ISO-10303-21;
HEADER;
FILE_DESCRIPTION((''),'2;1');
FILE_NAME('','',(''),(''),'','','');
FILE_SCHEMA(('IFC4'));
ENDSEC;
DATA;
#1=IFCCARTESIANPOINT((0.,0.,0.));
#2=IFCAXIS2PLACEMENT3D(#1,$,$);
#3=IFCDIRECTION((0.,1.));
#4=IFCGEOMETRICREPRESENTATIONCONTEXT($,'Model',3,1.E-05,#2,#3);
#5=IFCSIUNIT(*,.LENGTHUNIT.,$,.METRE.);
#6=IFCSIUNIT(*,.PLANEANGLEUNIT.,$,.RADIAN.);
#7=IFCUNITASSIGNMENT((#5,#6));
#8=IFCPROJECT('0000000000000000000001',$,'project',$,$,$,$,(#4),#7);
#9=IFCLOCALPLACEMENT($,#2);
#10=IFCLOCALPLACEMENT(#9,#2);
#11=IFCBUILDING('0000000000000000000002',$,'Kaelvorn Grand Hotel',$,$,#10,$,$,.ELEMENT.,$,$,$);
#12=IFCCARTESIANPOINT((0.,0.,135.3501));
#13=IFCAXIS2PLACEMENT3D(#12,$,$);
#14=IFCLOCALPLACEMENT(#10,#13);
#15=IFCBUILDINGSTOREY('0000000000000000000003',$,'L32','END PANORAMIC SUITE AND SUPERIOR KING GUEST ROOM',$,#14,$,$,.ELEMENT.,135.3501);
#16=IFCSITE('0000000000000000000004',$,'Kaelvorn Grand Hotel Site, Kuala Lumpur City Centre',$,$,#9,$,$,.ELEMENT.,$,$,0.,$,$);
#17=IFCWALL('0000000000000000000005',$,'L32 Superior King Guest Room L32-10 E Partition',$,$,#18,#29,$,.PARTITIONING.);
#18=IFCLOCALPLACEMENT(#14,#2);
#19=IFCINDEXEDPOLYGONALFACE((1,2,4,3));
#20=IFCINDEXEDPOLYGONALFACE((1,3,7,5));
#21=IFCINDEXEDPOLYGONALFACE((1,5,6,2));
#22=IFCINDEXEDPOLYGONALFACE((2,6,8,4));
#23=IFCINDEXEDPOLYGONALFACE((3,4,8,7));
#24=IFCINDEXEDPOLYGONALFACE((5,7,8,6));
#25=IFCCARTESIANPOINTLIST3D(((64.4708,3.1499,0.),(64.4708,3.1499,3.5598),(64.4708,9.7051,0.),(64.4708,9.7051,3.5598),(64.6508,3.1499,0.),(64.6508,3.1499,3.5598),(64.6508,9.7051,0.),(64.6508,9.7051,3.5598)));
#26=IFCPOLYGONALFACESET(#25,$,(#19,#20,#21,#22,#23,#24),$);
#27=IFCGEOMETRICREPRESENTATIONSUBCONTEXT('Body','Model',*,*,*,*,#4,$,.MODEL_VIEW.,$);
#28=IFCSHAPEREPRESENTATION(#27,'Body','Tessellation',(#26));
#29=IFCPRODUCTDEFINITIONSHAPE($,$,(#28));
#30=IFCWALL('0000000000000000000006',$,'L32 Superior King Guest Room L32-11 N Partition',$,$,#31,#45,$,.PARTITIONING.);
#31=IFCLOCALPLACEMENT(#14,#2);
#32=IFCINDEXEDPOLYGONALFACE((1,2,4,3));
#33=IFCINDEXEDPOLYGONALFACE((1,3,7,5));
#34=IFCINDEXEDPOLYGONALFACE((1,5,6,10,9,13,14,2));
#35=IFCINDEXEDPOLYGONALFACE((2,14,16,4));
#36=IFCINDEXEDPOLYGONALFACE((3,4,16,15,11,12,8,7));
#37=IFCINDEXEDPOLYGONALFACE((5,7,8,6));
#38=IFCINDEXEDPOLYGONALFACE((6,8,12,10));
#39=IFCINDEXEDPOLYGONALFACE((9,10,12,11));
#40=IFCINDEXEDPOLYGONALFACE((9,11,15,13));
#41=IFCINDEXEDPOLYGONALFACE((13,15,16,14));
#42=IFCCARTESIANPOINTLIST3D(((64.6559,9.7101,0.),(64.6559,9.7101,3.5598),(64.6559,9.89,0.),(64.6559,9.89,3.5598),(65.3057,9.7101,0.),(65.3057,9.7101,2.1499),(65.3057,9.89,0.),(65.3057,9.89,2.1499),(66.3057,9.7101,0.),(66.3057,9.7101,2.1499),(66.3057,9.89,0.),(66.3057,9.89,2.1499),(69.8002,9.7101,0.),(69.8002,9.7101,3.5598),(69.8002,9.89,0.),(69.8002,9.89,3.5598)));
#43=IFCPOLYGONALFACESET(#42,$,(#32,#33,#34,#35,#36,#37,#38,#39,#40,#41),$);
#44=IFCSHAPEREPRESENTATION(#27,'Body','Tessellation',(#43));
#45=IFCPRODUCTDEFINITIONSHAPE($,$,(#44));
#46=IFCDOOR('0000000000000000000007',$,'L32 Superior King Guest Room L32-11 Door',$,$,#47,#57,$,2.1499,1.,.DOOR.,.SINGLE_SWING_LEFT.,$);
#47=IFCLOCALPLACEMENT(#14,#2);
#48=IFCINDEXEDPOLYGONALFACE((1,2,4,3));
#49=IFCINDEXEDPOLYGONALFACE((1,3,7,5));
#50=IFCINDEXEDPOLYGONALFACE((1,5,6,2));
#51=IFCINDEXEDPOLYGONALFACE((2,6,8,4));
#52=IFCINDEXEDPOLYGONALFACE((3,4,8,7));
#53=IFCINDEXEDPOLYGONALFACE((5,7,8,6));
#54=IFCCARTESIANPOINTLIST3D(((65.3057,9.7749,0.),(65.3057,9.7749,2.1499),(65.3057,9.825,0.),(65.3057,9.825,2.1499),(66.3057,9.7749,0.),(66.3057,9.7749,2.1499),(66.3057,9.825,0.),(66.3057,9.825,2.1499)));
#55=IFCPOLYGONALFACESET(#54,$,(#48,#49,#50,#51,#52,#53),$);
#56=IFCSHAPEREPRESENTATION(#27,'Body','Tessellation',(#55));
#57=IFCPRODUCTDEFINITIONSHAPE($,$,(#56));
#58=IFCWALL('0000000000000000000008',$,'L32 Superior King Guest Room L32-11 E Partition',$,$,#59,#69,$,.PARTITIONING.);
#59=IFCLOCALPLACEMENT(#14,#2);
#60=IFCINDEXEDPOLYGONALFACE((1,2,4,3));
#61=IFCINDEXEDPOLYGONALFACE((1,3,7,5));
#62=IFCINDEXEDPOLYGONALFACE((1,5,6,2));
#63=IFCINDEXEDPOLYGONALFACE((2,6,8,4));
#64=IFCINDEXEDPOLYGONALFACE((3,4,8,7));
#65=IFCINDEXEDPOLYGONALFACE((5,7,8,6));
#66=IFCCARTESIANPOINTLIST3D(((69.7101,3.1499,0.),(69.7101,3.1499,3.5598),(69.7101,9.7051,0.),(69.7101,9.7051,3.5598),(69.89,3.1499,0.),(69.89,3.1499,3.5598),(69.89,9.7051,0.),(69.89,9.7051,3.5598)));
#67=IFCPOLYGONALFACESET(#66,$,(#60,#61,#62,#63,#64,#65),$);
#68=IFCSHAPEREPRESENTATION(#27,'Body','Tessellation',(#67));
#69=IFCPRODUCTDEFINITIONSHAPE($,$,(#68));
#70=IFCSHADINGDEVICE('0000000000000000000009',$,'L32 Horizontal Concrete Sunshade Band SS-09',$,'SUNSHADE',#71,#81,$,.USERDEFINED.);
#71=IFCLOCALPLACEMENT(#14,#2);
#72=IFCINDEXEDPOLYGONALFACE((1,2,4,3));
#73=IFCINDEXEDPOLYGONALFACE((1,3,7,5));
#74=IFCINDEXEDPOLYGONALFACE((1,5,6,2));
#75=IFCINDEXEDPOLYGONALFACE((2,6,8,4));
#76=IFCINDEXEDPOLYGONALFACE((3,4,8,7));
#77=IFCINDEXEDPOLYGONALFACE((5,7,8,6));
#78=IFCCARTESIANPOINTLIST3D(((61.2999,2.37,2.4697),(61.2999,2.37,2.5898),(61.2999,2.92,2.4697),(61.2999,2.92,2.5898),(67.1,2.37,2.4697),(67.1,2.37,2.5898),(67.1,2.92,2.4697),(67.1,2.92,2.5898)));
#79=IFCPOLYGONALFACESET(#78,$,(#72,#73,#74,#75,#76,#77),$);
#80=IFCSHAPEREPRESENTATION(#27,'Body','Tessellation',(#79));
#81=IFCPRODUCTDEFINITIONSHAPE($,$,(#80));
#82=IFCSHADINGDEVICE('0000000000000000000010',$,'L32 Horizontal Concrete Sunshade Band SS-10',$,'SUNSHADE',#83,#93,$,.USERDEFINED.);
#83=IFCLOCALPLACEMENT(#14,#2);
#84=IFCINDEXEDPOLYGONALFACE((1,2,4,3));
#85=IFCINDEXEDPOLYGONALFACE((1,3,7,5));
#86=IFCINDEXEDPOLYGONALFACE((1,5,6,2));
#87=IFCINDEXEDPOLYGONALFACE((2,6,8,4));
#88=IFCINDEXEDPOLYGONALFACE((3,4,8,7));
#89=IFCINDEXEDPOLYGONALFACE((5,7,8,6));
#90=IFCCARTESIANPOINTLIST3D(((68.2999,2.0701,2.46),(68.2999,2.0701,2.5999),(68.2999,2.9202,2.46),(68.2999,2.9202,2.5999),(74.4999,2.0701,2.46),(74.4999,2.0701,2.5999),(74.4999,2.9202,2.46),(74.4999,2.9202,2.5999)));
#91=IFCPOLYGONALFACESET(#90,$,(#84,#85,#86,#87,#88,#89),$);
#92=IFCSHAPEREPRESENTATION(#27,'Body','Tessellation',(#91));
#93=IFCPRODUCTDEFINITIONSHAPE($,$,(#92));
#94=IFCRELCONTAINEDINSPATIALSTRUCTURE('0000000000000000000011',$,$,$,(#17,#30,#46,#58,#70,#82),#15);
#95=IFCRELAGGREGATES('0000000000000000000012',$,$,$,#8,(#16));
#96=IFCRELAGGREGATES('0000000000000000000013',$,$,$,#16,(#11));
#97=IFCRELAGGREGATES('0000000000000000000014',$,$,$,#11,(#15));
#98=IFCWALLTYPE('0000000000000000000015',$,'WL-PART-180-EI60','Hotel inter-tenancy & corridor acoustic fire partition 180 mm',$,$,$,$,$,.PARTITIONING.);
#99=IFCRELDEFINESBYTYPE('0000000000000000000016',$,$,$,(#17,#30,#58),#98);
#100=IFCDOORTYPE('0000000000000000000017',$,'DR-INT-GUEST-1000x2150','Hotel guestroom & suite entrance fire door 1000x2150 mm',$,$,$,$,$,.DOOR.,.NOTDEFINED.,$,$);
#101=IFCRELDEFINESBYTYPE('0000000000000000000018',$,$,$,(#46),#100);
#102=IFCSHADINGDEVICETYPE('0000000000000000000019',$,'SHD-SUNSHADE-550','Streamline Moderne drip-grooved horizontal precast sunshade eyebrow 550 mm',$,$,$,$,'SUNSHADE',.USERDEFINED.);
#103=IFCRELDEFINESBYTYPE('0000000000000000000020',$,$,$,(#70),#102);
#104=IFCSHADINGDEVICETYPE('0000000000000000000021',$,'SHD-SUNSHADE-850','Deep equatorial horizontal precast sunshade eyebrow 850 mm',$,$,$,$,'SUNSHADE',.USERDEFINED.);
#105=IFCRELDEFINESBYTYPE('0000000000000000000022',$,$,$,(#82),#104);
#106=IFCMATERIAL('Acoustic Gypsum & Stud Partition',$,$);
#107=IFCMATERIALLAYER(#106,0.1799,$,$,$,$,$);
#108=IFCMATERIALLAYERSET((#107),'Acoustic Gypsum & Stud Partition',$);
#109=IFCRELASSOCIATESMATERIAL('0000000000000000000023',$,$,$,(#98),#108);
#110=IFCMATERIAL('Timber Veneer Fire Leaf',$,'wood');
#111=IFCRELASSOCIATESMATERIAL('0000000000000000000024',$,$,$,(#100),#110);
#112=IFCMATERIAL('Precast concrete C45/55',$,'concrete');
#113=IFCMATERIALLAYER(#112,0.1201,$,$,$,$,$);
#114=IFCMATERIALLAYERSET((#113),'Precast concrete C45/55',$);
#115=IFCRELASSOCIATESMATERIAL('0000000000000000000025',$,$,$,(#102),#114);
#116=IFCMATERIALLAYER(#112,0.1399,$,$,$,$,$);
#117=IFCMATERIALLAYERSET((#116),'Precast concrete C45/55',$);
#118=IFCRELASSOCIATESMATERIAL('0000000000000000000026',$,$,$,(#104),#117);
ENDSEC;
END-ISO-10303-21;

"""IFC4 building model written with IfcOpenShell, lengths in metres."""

from ifc_helpers import new_model, si_unit, direction, frame, frame_2d, origin, origin_2d, place, context, subcontext, project, spatial, rectangle, extrude, material, layer, layer_set, type_object, element, fill, save


model = new_model("IFC4")

# Units and contexts
model_context = context("Model", 3, precision=1e-05, world=origin(), true_north=direction((0.0, 1.0)))
body_context = subcontext(model_context, "Body", "Model", "MODEL_VIEW")
ifc_project = project(units=[si_unit("LENGTHUNIT", "METRE"), si_unit("PLANEANGLEUNIT", "RADIAN")], contexts=[model_context])

# Site, building, storey
site_placement = place(None, origin())
site = spatial("IfcSite", under=ifc_project, at=site_placement, Name="Kaelvorn Grand Hotel Site, Kuala Lumpur City Centre", CompositionType="ELEMENT", RefElevation=0.0)
building_placement = place(site_placement, origin())
building = spatial("IfcBuilding", under=site, at=building_placement, Name="Kaelvorn Grand Hotel", CompositionType="ELEMENT")
storey_placement = place(building_placement, frame((0.0, 0.0, 135.3501)))
storey = spatial("IfcBuildingStorey", under=building, at=storey_placement, Name="L32", Description="END PANORAMIC SUITE AND SUPERIOR KING GUEST ROOM", CompositionType="ELEMENT", Elevation=135.3501)

# Wall
ifc_material_1 = material(Name="Acoustic Gypsum & Stud Partition")
ifc_layer_1 = layer(ifc_material_1, 0.1799)
ifc_layer_set_1 = layer_set([ifc_layer_1], Name="Acoustic Gypsum & Stud Partition")
wall_type_1 = type_object("IfcWallType", Name="WL-PART-180-EI60", Description="Hotel inter-tenancy & corridor acoustic fire partition 180 mm", PredefinedType="PARTITIONING", material=ifc_layer_set_1)
wall_1_placement = place(storey_placement, frame((64.5608, 3.1499, 0.0), z_axis=(0.0, 0.0, 1.0), x_axis=(0.0, 1.0, 0.0)))
element("IfcWall", 1, at=wall_1_placement, inside=storey, type_object=wall_type_1, Name="L32 Superior King Guest Room L32-10 E Partition", PredefinedType="PARTITIONING", context=body_context, shape_type="SweptSolid", body=[
    extrude(rectangle(XDim=6.5552, YDim=0.1799, at=frame_2d((3.2776, 0.0))), origin(), (0.0, 0.0, 1.0), 3.5598),
])

# Wall, opening, door
wall_2_placement = place(storey_placement, frame((64.6558, 9.8, 0.0), z_axis=(0.0, 0.0, 1.0), x_axis=(1.0, 0.0, 0.0)))
wall_2 = element("IfcWall", 2, at=wall_2_placement, inside=storey, type_object=wall_type_1, Name="L32 Superior King Guest Room L32-11 N Partition", PredefinedType="PARTITIONING", context=body_context, shape_type="SweptSolid", body=[
    extrude(rectangle(XDim=5.1443, YDim=0.1799, at=frame_2d((2.5723, 0.0))), origin(), (0.0, 0.0, 1.0), 3.5598),
])
opening_1_placement = place(wall_2_placement, frame((0.6499, 0.0, 0.0)))
opening_1 = element("IfcOpeningElement", 3, at=opening_1_placement, cuts=wall_2, PredefinedType="OPENING", context=body_context, shape_type="SweptSolid", body=[
    extrude(rectangle(XDim=1.0, YDim=2.1499, at=frame_2d((0.5, 1.075))), frame((0.0, 0.1001, 0.0), z_axis=(0.0, -1.0, 0.0), x_axis=(1.0, 0.0, 0.0)), (0.0, 0.0, 1.0), 0.2),
])
ifc_material_2 = material(Name="Timber Veneer Fire Leaf", Category="wood")
door_type_1 = type_object("IfcDoorType", Name="DR-INT-GUEST-1000x2150", Description="Hotel guestroom & suite entrance fire door 1000x2150 mm", OperationType="NOTDEFINED", PredefinedType="DOOR", material=ifc_material_2)
door_1_placement = place(opening_1_placement, origin())
door_1 = element("IfcDoor", 4, at=door_1_placement, inside=storey, type_object=door_type_1, Name="L32 Superior King Guest Room L32-11 Door", OperationType="SINGLE_SWING_LEFT", OverallHeight=2.1499, OverallWidth=1.0, PredefinedType="DOOR", context=body_context, shape_type="SweptSolid", body=[
    extrude(rectangle(XDim=1.0, YDim=2.1499, at=frame_2d((0.5, 1.075))), frame((0.0, 0.0249, 0.0), z_axis=(0.0, -1.0, 0.0), x_axis=(1.0, 0.0, 0.0)), (0.0, 0.0, 1.0), 0.05),
])
fill(opening_1, door_1)

# Wall
wall_3_placement = place(storey_placement, frame((69.8, 3.1499, 0.0), z_axis=(0.0, 0.0, 1.0), x_axis=(0.0, 1.0, 0.0)))
element("IfcWall", 5, at=wall_3_placement, inside=storey, type_object=wall_type_1, Name="L32 Superior King Guest Room L32-11 E Partition", PredefinedType="PARTITIONING", context=body_context, shape_type="SweptSolid", body=[
    extrude(rectangle(XDim=6.5552, YDim=0.1799, at=frame_2d((3.2776, 0.0))), origin(), (0.0, 0.0, 1.0), 3.5598),
])

# Shading devices
ifc_material_3 = material(Name="Precast concrete C45/55", Category="concrete")
ifc_layer_2 = layer(ifc_material_3, 0.1201)
ifc_layer_set_2 = layer_set([ifc_layer_2], Name="Precast concrete C45/55")
shading_device_type_1 = type_object("IfcShadingDeviceType", Name="SHD-SUNSHADE-550", Description="Streamline Moderne drip-grooved horizontal precast sunshade eyebrow 550 mm", ElementType="SUNSHADE", PredefinedType="USERDEFINED", material=ifc_layer_set_2)
shading_device_1_placement = place(storey_placement, frame((64.2, 2.645, 2.4697), z_axis=(0.0, 0.0, 1.0), x_axis=(1.0, 0.0, 0.0)))
element("IfcShadingDevice", 6, at=shading_device_1_placement, inside=storey, type_object=shading_device_type_1, Name="L32 Horizontal Concrete Sunshade Band SS-09", ObjectType="SUNSHADE", PredefinedType="USERDEFINED", context=body_context, shape_type="SweptSolid", body=[
    extrude(rectangle(XDim=5.8, YDim=0.55, at=origin_2d()), origin(), (0.0, 0.0, 1.0), 0.1201),
])
ifc_layer_3 = layer(ifc_material_3, 0.1399)
ifc_layer_set_3 = layer_set([ifc_layer_3], Name="Precast concrete C45/55")
shading_device_type_2 = type_object("IfcShadingDeviceType", Name="SHD-SUNSHADE-850", Description="Deep equatorial horizontal precast sunshade eyebrow 850 mm", ElementType="SUNSHADE", PredefinedType="USERDEFINED", material=ifc_layer_set_3)
shading_device_2_placement = place(storey_placement, frame((71.3999, 2.4951, 2.46), z_axis=(0.0, 0.0, 1.0), x_axis=(1.0, 0.0, 0.0)))
element("IfcShadingDevice", 7, at=shading_device_2_placement, inside=storey, type_object=shading_device_type_2, Name="L32 Horizontal Concrete Sunshade Band SS-10", ObjectType="SUNSHADE", PredefinedType="USERDEFINED", context=body_context, shape_type="SweptSolid", body=[
    extrude(rectangle(XDim=6.2, YDim=0.8501, at=origin_2d()), origin(), (0.0, 0.0, 1.0), 0.1399),
])

save(model, "model.ifc")
